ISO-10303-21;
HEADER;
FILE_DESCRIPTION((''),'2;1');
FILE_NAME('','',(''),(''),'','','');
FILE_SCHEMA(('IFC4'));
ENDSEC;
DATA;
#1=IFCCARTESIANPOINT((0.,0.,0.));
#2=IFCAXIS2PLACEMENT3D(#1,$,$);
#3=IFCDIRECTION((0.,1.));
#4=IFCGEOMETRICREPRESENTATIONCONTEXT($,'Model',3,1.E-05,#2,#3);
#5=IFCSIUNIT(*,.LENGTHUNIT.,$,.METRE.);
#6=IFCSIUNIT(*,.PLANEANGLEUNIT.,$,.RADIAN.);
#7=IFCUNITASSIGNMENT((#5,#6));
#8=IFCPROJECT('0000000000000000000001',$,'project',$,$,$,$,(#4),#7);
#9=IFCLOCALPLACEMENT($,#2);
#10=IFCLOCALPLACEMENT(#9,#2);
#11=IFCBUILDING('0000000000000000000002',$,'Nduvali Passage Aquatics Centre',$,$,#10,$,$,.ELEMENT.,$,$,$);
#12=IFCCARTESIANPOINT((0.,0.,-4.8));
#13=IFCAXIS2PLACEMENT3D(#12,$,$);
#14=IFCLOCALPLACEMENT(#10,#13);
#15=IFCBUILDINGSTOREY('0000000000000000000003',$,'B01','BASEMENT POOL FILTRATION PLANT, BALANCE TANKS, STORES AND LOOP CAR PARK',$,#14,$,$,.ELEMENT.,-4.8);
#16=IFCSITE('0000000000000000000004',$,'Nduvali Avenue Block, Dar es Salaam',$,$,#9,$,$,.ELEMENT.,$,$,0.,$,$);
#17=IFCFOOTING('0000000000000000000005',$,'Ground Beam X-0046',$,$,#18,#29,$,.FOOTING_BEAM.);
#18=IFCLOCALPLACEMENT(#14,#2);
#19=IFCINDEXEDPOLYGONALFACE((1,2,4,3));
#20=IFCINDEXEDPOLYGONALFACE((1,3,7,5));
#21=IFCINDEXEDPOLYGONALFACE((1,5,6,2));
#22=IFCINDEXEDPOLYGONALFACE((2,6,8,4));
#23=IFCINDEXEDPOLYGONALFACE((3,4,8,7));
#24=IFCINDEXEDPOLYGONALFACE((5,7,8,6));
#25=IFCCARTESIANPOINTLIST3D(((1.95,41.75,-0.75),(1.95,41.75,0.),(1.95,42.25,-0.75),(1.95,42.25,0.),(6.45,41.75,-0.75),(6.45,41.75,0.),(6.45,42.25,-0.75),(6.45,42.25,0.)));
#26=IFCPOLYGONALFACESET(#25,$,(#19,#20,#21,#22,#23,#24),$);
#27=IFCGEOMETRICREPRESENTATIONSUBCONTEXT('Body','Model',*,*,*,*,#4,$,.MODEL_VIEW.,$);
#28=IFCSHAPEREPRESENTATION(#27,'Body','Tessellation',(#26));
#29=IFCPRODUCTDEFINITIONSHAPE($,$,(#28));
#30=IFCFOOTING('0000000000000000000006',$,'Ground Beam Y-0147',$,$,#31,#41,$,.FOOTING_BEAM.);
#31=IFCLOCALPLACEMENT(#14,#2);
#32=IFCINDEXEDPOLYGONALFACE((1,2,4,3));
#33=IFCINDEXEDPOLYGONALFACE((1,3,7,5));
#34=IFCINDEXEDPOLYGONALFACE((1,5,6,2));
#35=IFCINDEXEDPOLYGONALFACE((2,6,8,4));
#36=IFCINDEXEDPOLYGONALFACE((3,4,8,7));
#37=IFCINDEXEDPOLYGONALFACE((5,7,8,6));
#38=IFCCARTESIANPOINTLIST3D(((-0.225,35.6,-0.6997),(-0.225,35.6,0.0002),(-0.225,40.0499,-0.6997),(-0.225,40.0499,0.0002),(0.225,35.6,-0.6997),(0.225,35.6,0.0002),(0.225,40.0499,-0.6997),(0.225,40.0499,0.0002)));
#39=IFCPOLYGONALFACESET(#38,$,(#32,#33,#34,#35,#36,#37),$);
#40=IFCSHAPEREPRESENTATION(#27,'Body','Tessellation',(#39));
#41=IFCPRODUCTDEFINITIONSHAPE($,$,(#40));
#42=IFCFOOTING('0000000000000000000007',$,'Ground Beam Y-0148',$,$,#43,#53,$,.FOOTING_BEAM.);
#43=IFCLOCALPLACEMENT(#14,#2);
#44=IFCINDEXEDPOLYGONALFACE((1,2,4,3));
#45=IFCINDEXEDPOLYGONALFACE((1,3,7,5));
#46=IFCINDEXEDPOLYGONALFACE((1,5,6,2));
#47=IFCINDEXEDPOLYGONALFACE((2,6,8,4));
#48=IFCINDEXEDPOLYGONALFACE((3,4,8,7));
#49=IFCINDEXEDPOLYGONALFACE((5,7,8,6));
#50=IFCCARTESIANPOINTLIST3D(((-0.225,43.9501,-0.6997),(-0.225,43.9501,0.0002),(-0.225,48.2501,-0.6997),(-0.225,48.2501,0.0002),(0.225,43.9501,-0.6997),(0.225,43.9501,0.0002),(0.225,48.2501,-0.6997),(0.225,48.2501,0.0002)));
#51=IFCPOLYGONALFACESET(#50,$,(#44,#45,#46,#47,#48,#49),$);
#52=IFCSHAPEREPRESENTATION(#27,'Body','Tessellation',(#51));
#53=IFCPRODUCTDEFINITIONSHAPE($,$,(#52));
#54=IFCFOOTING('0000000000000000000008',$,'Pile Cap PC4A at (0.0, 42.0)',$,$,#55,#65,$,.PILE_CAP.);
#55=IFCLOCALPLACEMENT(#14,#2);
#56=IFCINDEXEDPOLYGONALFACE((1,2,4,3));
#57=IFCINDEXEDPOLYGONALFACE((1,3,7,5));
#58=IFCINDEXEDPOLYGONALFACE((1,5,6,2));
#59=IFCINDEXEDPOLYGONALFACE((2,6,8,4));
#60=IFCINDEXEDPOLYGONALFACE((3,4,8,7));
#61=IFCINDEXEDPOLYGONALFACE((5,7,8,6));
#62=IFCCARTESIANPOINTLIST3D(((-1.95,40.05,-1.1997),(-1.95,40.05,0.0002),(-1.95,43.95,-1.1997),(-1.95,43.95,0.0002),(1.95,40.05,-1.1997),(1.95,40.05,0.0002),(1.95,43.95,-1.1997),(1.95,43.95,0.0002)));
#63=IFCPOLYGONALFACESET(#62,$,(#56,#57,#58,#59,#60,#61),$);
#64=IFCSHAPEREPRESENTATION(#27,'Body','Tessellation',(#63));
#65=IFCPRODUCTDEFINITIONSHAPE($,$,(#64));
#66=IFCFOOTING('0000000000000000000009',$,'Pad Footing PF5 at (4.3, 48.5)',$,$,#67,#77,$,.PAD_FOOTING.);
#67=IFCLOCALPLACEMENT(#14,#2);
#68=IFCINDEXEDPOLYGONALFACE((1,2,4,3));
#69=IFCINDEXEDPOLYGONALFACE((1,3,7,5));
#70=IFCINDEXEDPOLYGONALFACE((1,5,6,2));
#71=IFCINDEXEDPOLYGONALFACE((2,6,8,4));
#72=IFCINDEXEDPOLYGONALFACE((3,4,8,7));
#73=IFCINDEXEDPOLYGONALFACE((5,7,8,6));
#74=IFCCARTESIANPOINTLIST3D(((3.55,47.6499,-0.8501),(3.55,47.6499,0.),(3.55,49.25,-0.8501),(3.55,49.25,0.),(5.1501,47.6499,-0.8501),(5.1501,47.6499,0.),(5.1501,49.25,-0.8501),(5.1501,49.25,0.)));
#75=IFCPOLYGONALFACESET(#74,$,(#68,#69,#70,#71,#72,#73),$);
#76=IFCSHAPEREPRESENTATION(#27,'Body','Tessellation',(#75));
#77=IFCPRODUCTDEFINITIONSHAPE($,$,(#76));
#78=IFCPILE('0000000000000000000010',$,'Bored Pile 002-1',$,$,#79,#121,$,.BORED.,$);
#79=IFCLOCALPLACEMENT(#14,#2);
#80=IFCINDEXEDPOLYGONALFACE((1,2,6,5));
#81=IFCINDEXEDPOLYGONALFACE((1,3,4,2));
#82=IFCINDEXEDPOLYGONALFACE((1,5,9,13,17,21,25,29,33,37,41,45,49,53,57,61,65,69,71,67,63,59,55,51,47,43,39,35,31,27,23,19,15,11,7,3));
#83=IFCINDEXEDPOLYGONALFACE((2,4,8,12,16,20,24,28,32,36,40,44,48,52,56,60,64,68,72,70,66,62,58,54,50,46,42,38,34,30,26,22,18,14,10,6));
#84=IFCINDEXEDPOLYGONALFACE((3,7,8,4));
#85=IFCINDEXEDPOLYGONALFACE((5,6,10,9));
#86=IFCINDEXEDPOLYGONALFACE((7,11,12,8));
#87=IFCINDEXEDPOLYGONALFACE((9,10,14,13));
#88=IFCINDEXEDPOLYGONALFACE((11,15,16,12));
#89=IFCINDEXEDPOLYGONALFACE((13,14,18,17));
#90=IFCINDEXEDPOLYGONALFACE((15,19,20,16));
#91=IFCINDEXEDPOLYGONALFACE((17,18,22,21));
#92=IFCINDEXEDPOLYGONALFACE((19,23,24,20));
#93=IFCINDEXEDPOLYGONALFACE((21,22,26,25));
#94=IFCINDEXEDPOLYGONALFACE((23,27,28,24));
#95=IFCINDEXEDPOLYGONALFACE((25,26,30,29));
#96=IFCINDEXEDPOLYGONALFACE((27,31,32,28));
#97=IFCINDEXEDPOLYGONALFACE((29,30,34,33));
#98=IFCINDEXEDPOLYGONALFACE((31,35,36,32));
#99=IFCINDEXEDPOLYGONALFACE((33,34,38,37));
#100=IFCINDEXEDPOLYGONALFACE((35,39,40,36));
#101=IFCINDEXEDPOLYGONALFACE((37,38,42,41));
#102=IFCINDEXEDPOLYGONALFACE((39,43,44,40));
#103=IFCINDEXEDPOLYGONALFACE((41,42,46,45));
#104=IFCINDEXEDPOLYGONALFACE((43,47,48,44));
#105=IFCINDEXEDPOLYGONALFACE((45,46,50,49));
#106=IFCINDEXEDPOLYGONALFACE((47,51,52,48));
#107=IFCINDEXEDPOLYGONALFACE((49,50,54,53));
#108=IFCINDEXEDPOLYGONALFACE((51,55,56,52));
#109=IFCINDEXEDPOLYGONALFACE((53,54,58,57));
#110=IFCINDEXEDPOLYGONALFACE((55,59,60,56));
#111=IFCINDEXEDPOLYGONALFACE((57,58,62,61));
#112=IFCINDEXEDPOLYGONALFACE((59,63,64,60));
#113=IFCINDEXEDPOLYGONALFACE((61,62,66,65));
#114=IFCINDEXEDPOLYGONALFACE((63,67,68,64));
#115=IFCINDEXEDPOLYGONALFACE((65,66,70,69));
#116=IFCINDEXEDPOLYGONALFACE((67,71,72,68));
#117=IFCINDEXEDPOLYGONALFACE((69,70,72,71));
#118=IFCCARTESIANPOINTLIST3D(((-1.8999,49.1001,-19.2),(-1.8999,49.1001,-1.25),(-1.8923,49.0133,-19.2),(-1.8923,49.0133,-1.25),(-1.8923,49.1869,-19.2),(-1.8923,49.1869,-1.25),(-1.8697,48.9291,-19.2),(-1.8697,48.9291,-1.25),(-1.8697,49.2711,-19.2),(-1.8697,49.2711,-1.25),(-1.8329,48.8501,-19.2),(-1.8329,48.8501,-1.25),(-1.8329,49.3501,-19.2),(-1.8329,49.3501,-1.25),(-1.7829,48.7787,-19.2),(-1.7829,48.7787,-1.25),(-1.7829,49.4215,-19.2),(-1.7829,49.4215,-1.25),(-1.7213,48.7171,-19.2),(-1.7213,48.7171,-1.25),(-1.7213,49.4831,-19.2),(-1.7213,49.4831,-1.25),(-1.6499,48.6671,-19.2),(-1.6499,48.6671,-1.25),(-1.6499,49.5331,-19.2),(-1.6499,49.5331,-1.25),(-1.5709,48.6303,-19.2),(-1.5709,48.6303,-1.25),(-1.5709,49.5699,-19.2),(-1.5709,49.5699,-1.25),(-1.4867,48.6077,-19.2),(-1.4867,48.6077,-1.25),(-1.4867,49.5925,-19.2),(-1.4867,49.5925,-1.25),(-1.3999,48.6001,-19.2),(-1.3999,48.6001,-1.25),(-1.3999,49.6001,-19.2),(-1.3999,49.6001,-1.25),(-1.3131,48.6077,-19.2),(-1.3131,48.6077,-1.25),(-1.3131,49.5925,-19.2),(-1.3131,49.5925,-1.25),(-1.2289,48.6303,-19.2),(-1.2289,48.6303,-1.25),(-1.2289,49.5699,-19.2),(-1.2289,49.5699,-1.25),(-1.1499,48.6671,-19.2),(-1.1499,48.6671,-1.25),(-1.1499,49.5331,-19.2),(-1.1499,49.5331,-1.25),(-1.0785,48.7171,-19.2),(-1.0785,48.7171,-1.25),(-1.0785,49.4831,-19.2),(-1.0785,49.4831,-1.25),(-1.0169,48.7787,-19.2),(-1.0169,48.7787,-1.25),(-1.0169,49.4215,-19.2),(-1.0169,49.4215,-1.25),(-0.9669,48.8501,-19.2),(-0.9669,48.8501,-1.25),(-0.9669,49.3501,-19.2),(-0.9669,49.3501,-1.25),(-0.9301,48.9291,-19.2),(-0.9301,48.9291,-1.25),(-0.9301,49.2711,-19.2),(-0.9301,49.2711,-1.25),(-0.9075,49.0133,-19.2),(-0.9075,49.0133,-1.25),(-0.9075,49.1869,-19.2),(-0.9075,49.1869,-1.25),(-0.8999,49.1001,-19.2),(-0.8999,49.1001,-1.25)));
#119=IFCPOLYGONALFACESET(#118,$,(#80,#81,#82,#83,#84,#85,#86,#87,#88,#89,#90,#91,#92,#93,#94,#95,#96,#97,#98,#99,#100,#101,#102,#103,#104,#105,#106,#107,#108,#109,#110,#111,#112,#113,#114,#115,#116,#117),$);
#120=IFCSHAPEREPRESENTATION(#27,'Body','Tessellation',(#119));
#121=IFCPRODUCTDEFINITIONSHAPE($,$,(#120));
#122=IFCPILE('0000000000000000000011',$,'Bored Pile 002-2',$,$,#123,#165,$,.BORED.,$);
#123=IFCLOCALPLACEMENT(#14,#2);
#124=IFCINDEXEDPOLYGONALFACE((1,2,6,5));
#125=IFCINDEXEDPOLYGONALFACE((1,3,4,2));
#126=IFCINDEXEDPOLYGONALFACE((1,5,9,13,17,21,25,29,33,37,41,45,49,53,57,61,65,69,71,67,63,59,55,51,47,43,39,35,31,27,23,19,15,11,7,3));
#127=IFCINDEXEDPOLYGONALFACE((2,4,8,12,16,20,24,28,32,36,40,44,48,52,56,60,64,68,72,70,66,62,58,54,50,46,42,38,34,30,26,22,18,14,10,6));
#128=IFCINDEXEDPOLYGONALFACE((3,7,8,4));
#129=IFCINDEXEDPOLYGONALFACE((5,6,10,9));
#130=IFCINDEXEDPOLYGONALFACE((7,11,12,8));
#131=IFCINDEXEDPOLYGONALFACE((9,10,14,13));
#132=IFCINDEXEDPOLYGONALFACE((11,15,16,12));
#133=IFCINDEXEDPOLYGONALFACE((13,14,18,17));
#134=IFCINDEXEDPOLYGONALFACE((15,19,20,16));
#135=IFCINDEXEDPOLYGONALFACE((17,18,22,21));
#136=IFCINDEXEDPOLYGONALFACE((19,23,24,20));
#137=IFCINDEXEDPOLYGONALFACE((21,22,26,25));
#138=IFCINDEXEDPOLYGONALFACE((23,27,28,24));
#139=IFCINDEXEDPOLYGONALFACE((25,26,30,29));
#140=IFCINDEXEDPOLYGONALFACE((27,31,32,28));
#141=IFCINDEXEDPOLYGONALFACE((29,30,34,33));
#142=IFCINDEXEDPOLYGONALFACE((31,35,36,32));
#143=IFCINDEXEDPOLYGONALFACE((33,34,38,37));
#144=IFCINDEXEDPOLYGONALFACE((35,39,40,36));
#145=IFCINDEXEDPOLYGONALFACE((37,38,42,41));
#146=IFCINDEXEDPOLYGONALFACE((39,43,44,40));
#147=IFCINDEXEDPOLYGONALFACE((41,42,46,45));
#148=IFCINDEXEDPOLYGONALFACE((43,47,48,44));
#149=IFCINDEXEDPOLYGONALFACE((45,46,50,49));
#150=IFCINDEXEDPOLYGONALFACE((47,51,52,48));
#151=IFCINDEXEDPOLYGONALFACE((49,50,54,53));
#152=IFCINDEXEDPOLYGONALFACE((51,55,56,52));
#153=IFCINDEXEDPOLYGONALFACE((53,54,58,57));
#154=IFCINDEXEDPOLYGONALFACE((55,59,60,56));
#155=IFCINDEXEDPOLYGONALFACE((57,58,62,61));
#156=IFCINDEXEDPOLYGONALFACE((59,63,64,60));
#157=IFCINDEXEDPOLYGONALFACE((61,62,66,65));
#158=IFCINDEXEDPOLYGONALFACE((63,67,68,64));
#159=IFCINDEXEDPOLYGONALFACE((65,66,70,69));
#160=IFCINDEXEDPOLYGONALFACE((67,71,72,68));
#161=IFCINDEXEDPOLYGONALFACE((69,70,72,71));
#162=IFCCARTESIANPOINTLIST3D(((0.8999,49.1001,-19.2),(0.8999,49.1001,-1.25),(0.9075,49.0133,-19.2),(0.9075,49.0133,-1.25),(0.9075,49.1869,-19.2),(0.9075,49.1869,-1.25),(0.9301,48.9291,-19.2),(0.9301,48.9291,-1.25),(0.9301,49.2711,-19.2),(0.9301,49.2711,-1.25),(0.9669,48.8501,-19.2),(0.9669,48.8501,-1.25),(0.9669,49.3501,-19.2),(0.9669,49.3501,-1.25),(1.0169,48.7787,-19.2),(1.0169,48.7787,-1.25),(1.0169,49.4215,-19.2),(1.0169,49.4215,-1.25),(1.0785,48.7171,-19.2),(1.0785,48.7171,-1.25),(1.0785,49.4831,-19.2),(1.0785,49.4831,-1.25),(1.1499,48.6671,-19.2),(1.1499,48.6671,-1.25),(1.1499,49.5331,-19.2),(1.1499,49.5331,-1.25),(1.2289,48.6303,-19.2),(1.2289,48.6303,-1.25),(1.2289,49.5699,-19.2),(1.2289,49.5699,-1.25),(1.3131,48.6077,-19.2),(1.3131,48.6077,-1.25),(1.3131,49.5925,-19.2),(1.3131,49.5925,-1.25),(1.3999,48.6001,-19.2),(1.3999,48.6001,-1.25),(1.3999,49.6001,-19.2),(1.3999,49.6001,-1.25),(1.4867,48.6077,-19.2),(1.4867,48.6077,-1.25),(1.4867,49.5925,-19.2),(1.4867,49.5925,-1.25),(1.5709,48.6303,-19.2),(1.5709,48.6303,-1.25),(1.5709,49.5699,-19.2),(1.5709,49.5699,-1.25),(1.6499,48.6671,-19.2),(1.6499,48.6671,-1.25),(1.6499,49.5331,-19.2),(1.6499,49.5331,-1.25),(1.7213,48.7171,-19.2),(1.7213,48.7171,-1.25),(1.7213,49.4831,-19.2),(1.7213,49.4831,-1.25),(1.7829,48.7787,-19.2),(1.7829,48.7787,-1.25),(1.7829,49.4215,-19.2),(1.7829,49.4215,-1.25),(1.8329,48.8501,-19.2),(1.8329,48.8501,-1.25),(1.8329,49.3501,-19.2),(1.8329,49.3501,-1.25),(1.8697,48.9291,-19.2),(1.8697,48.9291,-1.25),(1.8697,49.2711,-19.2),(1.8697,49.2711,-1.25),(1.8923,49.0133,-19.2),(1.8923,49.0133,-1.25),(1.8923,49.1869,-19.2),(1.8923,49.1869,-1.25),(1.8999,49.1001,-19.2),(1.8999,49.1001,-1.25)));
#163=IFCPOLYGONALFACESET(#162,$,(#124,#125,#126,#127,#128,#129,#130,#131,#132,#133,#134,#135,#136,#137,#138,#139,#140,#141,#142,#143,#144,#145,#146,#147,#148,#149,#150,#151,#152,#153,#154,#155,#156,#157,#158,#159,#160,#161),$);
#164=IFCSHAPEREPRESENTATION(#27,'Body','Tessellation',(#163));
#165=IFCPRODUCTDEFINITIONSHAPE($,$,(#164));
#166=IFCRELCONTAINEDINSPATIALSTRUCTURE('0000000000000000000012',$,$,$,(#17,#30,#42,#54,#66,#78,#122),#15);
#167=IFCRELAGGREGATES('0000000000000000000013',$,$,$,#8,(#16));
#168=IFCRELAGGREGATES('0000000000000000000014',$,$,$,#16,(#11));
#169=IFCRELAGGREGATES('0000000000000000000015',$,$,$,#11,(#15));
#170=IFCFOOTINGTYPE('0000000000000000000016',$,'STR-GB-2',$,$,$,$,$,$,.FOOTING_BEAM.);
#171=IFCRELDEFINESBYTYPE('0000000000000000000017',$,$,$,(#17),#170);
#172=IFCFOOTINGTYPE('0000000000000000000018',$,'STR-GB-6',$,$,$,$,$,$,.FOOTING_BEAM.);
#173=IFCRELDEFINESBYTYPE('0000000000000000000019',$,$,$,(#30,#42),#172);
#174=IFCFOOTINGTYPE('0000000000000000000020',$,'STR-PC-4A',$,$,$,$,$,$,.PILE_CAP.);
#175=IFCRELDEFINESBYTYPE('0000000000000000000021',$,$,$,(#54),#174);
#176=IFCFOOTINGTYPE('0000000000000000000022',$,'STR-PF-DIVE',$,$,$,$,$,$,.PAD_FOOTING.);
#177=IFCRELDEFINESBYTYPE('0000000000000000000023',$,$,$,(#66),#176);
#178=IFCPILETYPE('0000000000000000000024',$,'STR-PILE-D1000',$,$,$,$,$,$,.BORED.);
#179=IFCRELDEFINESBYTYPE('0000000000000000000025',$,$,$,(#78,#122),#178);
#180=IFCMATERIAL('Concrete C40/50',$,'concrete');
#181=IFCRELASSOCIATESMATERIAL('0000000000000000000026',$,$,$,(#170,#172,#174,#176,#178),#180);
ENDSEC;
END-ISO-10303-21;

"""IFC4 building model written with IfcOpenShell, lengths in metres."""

from ifc_helpers import new_model, si_unit, direction, frame, origin, origin_2d, place, context, subcontext, project, spatial, rectangle, circle, extrude, material, material_profile, profile_set, type_object, element, save


model = new_model("IFC4")

# Units and contexts
model_context = context("Model", 3, precision=1e-05, world=origin(), true_north=direction((0.0, 1.0)))
body_context = subcontext(model_context, "Body", "Model", "MODEL_VIEW")
ifc_project = project(units=[si_unit("LENGTHUNIT", "METRE"), si_unit("PLANEANGLEUNIT", "RADIAN")], contexts=[model_context])

# Site, building, storey
site_placement = place(None, origin())
site = spatial("IfcSite", under=ifc_project, at=site_placement, Name="Nduvali Avenue Block, Dar es Salaam", CompositionType="ELEMENT", RefElevation=0.0)
building_placement = place(site_placement, origin())
building = spatial("IfcBuilding", under=site, at=building_placement, Name="Nduvali Passage Aquatics Centre", CompositionType="ELEMENT")
storey_placement = place(building_placement, frame((0.0, 0.0, -4.8)))
storey = spatial("IfcBuildingStorey", under=building, at=storey_placement, Name="B01", Description="BASEMENT POOL FILTRATION PLANT, BALANCE TANKS, STORES AND LOOP CAR PARK", CompositionType="ELEMENT", Elevation=-4.8)

# Footings
ifc_material_1 = material(Name="Concrete C40/50", Category="concrete")
footing_type_1 = type_object("IfcFootingType", Name="STR-GB-2", PredefinedType="FOOTING_BEAM", material=ifc_material_1)
footing_1_placement = place(storey_placement, frame((4.2, 42.0, -0.75), z_axis=(0.0, 0.0, 1.0), x_axis=(1.0, 0.0, 0.0)))
element("IfcFooting", 1, at=footing_1_placement, inside=storey, type_object=footing_type_1, Name="Ground Beam X-0046", PredefinedType="FOOTING_BEAM", context=body_context, shape_type="SweptSolid", body=[
    extrude(rectangle(XDim=4.5, YDim=0.5, at=origin_2d()), origin(), (0.0, 0.0, 1.0), 0.75),
])
footing_type_2 = type_object("IfcFootingType", Name="STR-GB-6", PredefinedType="FOOTING_BEAM", material=ifc_material_1)
footing_2_placement = place(storey_placement, frame((0.0, 37.825, -0.6997), z_axis=(0.0, 0.0, 1.0), x_axis=(0.0, 1.0, 0.0)))
element("IfcFooting", 2, at=footing_2_placement, inside=storey, type_object=footing_type_2, Name="Ground Beam Y-0147", PredefinedType="FOOTING_BEAM", context=body_context, shape_type="SweptSolid", body=[
    extrude(rectangle(XDim=4.45, YDim=0.45, at=origin_2d()), origin(), (0.0, 0.0, 1.0), 0.7),
])
footing_3_placement = place(storey_placement, frame((0.0, 46.1001, -0.6997), z_axis=(0.0, 0.0, 1.0), x_axis=(0.0, 1.0, 0.0)))
element("IfcFooting", 3, at=footing_3_placement, inside=storey, type_object=footing_type_2, Name="Ground Beam Y-0148", PredefinedType="FOOTING_BEAM", context=body_context, shape_type="SweptSolid", body=[
    extrude(rectangle(XDim=4.3, YDim=0.45, at=origin_2d()), origin(), (0.0, 0.0, 1.0), 0.7),
])
footing_type_3 = type_object("IfcFootingType", Name="STR-PC-4A", PredefinedType="PILE_CAP", material=ifc_material_1)
footing_4_placement = place(storey_placement, frame((0.0, 42.0, -1.1997), z_axis=(0.0, 0.0, 1.0), x_axis=(1.0, 0.0, 0.0)))
element("IfcFooting", 4, at=footing_4_placement, inside=storey, type_object=footing_type_3, Name="Pile Cap PC4A at (0.0, 42.0)", PredefinedType="PILE_CAP", context=body_context, shape_type="SweptSolid", body=[
    extrude(rectangle(XDim=3.8999, YDim=3.8999, at=origin_2d()), origin(), (0.0, 0.0, 1.0), 1.2),
])
footing_type_4 = type_object("IfcFootingType", Name="STR-PF-DIVE", PredefinedType="PAD_FOOTING", material=ifc_material_1)
footing_5_placement = place(storey_placement, frame((4.3501, 48.45, -0.8501), z_axis=(0.0, 0.0, 1.0), x_axis=(1.0, 0.0, 0.0)))
element("IfcFooting", 5, at=footing_5_placement, inside=storey, type_object=footing_type_4, Name="Pad Footing PF5 at (4.3, 48.5)", PredefinedType="PAD_FOOTING", context=body_context, shape_type="SweptSolid", body=[
    extrude(rectangle(XDim=1.6001, YDim=1.6001, at=origin_2d()), origin(), (0.0, 0.0, 1.0), 0.8501),
])

# Piles
ifc_material_profile_1 = material_profile(ifc_material_1, circle(Radius=0.5, at=origin_2d()), Name="PILE D1000")
ifc_profile_set_1 = profile_set([ifc_material_profile_1], Name="Concrete C40/50")
pile_type_1 = type_object("IfcPileType", Name="STR-PILE-D1000", PredefinedType="BORED", material=ifc_profile_set_1)
for number, where, z_axis, x_axis, name in (
    (6, (-1.3999, 49.1001, -1.25), (0.0, 0.0, -1.0), (1.0, 0.0, 0.0), "Bored Pile 002-1"),
    (7, (1.3999, 49.1001, -1.25), (0.0, 0.0, -1.0), (1.0, 0.0, 0.0), "Bored Pile 002-2"),
):
    element("IfcPile", number, at=place(storey_placement, frame(where, z_axis=z_axis, x_axis=x_axis)), inside=storey, type_object=pile_type_1, Name=name, PredefinedType="BORED", context=body_context, shape_type="SweptSolid", body=[
        extrude(circle(Radius=0.5, at=origin_2d()), origin(), (0.0, 0.0, 1.0), 17.95),
    ])

save(model, "model.ifc")
